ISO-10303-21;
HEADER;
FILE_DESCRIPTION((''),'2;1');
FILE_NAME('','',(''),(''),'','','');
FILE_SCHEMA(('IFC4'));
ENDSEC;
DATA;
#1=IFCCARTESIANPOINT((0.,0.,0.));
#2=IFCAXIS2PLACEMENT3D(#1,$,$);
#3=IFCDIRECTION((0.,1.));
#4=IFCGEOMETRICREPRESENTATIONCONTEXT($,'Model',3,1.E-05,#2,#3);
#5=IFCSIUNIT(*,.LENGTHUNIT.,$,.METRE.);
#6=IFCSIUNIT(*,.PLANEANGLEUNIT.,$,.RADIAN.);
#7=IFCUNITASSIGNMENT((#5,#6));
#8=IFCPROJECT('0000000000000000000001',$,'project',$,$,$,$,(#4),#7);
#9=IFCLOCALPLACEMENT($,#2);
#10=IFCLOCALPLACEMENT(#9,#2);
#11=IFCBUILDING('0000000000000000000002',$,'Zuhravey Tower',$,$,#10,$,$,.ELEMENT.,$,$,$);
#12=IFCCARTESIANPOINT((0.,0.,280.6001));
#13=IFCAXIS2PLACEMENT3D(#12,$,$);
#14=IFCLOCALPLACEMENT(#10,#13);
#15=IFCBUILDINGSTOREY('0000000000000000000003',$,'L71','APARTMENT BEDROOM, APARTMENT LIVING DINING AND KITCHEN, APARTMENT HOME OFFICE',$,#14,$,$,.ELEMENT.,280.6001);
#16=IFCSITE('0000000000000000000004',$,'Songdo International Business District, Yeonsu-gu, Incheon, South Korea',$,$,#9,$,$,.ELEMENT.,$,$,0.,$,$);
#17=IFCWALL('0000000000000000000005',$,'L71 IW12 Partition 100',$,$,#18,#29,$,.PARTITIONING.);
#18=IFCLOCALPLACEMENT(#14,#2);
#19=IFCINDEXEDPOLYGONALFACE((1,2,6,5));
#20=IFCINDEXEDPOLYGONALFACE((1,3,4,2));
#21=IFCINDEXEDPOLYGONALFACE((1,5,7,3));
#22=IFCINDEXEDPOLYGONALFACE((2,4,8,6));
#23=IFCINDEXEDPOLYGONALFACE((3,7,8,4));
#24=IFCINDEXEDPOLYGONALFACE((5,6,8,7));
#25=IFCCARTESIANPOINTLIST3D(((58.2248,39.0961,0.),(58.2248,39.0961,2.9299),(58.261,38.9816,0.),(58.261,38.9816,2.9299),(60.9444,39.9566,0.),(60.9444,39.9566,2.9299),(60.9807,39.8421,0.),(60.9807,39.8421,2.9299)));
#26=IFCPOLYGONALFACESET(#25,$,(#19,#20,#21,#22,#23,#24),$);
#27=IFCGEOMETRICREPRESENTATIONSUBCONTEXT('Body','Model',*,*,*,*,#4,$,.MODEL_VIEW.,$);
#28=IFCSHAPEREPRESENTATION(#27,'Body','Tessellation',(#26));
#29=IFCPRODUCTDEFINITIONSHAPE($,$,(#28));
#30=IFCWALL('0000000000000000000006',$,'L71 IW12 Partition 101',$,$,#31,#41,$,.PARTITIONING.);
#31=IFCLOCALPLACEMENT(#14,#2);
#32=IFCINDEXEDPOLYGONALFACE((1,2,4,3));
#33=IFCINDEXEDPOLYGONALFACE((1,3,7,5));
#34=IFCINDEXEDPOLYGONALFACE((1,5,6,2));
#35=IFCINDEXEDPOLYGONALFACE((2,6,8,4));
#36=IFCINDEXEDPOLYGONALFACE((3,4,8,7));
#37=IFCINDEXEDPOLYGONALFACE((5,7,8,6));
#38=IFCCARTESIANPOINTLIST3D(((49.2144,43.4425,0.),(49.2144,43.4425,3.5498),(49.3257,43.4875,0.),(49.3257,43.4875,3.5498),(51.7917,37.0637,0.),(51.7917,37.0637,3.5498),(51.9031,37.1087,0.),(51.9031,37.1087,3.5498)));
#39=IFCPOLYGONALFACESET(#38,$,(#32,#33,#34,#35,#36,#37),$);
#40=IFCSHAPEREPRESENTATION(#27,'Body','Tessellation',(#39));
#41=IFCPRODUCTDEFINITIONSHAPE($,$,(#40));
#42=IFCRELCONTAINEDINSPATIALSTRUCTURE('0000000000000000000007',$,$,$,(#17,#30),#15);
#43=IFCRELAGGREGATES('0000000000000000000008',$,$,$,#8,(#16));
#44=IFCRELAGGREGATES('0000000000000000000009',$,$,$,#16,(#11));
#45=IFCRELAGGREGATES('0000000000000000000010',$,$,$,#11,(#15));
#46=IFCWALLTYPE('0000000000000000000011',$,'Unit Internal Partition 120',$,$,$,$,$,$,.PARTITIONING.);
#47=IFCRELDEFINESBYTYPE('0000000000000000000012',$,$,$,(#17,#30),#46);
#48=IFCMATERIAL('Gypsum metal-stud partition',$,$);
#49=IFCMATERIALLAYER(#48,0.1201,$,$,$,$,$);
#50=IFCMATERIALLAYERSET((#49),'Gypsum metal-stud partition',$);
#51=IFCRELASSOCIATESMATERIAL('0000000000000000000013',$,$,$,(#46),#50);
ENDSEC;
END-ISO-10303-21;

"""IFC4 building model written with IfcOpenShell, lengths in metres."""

from ifc_helpers import new_model, si_unit, direction, frame, frame_2d, origin, place, context, subcontext, project, spatial, rectangle, extrude, material, layer, layer_set, type_object, element, save


model = new_model("IFC4")

# Units and contexts
model_context = context("Model", 3, precision=1e-05, world=origin(), true_north=direction((0.0, 1.0)))
body_context = subcontext(model_context, "Body", "Model", "MODEL_VIEW")
ifc_project = project(units=[si_unit("LENGTHUNIT", "METRE"), si_unit("PLANEANGLEUNIT", "RADIAN")], contexts=[model_context])

# Site, building, storey
site_placement = place(None, origin())
site = spatial("IfcSite", under=ifc_project, at=site_placement, Name="Songdo International Business District, Yeonsu-gu, Incheon, South Korea", CompositionType="ELEMENT", RefElevation=0.0)
building_placement = place(site_placement, origin())
building = spatial("IfcBuilding", under=site, at=building_placement, Name="Zuhravey Tower", CompositionType="ELEMENT")
storey_placement = place(building_placement, frame((0.0, 0.0, 280.6001)))
storey = spatial("IfcBuildingStorey", under=building, at=storey_placement, Name="L71", Description="APARTMENT BEDROOM, APARTMENT LIVING DINING AND KITCHEN, APARTMENT HOME OFFICE", CompositionType="ELEMENT", Elevation=280.6001)

# Shared definitions
ifc_material_1 = material(Name="Gypsum metal-stud partition")
ifc_layer_1 = layer(ifc_material_1, 0.1201)
ifc_layer_set_1 = layer_set([ifc_layer_1], Name="Gypsum metal-stud partition")
wall_type_1 = type_object("IfcWallType", Name="Unit Internal Partition 120", PredefinedType="PARTITIONING", material=ifc_layer_set_1)

# Walls
wall_1_placement = place(storey_placement, frame((58.2429, 39.0388, 0.0), z_axis=(0.0, 0.0, 1.0), x_axis=(0.953408, 0.301684, 0.0)))
element("IfcWall", 1, at=wall_1_placement, inside=storey, type_object=wall_type_1, Name="L71 IW12 Partition 100", PredefinedType="PARTITIONING", context=body_context, shape_type="SweptSolid", body=[
    extrude(rectangle(XDim=2.8525, YDim=0.1201, at=frame_2d((1.4263, 0.0))), origin(), (0.0, 0.0, 1.0), 2.9299),
])
wall_2_placement = place(storey_placement, frame((51.8474, 37.0862, 0.0), z_axis=(0.0, 0.0, 1.0), x_axis=(-0.374625, 0.927176, 0.0)))
element("IfcWall", 2, at=wall_2_placement, inside=storey, type_object=wall_type_1, Name="L71 IW12 Partition 101", PredefinedType="PARTITIONING", context=body_context, shape_type="SweptSolid", body=[
    extrude(rectangle(XDim=6.8799, YDim=0.1201, at=frame_2d((3.4399, 0.0))), origin(), (0.0, 0.0, 1.0), 3.5498),
])

save(model, "model.ifc")
